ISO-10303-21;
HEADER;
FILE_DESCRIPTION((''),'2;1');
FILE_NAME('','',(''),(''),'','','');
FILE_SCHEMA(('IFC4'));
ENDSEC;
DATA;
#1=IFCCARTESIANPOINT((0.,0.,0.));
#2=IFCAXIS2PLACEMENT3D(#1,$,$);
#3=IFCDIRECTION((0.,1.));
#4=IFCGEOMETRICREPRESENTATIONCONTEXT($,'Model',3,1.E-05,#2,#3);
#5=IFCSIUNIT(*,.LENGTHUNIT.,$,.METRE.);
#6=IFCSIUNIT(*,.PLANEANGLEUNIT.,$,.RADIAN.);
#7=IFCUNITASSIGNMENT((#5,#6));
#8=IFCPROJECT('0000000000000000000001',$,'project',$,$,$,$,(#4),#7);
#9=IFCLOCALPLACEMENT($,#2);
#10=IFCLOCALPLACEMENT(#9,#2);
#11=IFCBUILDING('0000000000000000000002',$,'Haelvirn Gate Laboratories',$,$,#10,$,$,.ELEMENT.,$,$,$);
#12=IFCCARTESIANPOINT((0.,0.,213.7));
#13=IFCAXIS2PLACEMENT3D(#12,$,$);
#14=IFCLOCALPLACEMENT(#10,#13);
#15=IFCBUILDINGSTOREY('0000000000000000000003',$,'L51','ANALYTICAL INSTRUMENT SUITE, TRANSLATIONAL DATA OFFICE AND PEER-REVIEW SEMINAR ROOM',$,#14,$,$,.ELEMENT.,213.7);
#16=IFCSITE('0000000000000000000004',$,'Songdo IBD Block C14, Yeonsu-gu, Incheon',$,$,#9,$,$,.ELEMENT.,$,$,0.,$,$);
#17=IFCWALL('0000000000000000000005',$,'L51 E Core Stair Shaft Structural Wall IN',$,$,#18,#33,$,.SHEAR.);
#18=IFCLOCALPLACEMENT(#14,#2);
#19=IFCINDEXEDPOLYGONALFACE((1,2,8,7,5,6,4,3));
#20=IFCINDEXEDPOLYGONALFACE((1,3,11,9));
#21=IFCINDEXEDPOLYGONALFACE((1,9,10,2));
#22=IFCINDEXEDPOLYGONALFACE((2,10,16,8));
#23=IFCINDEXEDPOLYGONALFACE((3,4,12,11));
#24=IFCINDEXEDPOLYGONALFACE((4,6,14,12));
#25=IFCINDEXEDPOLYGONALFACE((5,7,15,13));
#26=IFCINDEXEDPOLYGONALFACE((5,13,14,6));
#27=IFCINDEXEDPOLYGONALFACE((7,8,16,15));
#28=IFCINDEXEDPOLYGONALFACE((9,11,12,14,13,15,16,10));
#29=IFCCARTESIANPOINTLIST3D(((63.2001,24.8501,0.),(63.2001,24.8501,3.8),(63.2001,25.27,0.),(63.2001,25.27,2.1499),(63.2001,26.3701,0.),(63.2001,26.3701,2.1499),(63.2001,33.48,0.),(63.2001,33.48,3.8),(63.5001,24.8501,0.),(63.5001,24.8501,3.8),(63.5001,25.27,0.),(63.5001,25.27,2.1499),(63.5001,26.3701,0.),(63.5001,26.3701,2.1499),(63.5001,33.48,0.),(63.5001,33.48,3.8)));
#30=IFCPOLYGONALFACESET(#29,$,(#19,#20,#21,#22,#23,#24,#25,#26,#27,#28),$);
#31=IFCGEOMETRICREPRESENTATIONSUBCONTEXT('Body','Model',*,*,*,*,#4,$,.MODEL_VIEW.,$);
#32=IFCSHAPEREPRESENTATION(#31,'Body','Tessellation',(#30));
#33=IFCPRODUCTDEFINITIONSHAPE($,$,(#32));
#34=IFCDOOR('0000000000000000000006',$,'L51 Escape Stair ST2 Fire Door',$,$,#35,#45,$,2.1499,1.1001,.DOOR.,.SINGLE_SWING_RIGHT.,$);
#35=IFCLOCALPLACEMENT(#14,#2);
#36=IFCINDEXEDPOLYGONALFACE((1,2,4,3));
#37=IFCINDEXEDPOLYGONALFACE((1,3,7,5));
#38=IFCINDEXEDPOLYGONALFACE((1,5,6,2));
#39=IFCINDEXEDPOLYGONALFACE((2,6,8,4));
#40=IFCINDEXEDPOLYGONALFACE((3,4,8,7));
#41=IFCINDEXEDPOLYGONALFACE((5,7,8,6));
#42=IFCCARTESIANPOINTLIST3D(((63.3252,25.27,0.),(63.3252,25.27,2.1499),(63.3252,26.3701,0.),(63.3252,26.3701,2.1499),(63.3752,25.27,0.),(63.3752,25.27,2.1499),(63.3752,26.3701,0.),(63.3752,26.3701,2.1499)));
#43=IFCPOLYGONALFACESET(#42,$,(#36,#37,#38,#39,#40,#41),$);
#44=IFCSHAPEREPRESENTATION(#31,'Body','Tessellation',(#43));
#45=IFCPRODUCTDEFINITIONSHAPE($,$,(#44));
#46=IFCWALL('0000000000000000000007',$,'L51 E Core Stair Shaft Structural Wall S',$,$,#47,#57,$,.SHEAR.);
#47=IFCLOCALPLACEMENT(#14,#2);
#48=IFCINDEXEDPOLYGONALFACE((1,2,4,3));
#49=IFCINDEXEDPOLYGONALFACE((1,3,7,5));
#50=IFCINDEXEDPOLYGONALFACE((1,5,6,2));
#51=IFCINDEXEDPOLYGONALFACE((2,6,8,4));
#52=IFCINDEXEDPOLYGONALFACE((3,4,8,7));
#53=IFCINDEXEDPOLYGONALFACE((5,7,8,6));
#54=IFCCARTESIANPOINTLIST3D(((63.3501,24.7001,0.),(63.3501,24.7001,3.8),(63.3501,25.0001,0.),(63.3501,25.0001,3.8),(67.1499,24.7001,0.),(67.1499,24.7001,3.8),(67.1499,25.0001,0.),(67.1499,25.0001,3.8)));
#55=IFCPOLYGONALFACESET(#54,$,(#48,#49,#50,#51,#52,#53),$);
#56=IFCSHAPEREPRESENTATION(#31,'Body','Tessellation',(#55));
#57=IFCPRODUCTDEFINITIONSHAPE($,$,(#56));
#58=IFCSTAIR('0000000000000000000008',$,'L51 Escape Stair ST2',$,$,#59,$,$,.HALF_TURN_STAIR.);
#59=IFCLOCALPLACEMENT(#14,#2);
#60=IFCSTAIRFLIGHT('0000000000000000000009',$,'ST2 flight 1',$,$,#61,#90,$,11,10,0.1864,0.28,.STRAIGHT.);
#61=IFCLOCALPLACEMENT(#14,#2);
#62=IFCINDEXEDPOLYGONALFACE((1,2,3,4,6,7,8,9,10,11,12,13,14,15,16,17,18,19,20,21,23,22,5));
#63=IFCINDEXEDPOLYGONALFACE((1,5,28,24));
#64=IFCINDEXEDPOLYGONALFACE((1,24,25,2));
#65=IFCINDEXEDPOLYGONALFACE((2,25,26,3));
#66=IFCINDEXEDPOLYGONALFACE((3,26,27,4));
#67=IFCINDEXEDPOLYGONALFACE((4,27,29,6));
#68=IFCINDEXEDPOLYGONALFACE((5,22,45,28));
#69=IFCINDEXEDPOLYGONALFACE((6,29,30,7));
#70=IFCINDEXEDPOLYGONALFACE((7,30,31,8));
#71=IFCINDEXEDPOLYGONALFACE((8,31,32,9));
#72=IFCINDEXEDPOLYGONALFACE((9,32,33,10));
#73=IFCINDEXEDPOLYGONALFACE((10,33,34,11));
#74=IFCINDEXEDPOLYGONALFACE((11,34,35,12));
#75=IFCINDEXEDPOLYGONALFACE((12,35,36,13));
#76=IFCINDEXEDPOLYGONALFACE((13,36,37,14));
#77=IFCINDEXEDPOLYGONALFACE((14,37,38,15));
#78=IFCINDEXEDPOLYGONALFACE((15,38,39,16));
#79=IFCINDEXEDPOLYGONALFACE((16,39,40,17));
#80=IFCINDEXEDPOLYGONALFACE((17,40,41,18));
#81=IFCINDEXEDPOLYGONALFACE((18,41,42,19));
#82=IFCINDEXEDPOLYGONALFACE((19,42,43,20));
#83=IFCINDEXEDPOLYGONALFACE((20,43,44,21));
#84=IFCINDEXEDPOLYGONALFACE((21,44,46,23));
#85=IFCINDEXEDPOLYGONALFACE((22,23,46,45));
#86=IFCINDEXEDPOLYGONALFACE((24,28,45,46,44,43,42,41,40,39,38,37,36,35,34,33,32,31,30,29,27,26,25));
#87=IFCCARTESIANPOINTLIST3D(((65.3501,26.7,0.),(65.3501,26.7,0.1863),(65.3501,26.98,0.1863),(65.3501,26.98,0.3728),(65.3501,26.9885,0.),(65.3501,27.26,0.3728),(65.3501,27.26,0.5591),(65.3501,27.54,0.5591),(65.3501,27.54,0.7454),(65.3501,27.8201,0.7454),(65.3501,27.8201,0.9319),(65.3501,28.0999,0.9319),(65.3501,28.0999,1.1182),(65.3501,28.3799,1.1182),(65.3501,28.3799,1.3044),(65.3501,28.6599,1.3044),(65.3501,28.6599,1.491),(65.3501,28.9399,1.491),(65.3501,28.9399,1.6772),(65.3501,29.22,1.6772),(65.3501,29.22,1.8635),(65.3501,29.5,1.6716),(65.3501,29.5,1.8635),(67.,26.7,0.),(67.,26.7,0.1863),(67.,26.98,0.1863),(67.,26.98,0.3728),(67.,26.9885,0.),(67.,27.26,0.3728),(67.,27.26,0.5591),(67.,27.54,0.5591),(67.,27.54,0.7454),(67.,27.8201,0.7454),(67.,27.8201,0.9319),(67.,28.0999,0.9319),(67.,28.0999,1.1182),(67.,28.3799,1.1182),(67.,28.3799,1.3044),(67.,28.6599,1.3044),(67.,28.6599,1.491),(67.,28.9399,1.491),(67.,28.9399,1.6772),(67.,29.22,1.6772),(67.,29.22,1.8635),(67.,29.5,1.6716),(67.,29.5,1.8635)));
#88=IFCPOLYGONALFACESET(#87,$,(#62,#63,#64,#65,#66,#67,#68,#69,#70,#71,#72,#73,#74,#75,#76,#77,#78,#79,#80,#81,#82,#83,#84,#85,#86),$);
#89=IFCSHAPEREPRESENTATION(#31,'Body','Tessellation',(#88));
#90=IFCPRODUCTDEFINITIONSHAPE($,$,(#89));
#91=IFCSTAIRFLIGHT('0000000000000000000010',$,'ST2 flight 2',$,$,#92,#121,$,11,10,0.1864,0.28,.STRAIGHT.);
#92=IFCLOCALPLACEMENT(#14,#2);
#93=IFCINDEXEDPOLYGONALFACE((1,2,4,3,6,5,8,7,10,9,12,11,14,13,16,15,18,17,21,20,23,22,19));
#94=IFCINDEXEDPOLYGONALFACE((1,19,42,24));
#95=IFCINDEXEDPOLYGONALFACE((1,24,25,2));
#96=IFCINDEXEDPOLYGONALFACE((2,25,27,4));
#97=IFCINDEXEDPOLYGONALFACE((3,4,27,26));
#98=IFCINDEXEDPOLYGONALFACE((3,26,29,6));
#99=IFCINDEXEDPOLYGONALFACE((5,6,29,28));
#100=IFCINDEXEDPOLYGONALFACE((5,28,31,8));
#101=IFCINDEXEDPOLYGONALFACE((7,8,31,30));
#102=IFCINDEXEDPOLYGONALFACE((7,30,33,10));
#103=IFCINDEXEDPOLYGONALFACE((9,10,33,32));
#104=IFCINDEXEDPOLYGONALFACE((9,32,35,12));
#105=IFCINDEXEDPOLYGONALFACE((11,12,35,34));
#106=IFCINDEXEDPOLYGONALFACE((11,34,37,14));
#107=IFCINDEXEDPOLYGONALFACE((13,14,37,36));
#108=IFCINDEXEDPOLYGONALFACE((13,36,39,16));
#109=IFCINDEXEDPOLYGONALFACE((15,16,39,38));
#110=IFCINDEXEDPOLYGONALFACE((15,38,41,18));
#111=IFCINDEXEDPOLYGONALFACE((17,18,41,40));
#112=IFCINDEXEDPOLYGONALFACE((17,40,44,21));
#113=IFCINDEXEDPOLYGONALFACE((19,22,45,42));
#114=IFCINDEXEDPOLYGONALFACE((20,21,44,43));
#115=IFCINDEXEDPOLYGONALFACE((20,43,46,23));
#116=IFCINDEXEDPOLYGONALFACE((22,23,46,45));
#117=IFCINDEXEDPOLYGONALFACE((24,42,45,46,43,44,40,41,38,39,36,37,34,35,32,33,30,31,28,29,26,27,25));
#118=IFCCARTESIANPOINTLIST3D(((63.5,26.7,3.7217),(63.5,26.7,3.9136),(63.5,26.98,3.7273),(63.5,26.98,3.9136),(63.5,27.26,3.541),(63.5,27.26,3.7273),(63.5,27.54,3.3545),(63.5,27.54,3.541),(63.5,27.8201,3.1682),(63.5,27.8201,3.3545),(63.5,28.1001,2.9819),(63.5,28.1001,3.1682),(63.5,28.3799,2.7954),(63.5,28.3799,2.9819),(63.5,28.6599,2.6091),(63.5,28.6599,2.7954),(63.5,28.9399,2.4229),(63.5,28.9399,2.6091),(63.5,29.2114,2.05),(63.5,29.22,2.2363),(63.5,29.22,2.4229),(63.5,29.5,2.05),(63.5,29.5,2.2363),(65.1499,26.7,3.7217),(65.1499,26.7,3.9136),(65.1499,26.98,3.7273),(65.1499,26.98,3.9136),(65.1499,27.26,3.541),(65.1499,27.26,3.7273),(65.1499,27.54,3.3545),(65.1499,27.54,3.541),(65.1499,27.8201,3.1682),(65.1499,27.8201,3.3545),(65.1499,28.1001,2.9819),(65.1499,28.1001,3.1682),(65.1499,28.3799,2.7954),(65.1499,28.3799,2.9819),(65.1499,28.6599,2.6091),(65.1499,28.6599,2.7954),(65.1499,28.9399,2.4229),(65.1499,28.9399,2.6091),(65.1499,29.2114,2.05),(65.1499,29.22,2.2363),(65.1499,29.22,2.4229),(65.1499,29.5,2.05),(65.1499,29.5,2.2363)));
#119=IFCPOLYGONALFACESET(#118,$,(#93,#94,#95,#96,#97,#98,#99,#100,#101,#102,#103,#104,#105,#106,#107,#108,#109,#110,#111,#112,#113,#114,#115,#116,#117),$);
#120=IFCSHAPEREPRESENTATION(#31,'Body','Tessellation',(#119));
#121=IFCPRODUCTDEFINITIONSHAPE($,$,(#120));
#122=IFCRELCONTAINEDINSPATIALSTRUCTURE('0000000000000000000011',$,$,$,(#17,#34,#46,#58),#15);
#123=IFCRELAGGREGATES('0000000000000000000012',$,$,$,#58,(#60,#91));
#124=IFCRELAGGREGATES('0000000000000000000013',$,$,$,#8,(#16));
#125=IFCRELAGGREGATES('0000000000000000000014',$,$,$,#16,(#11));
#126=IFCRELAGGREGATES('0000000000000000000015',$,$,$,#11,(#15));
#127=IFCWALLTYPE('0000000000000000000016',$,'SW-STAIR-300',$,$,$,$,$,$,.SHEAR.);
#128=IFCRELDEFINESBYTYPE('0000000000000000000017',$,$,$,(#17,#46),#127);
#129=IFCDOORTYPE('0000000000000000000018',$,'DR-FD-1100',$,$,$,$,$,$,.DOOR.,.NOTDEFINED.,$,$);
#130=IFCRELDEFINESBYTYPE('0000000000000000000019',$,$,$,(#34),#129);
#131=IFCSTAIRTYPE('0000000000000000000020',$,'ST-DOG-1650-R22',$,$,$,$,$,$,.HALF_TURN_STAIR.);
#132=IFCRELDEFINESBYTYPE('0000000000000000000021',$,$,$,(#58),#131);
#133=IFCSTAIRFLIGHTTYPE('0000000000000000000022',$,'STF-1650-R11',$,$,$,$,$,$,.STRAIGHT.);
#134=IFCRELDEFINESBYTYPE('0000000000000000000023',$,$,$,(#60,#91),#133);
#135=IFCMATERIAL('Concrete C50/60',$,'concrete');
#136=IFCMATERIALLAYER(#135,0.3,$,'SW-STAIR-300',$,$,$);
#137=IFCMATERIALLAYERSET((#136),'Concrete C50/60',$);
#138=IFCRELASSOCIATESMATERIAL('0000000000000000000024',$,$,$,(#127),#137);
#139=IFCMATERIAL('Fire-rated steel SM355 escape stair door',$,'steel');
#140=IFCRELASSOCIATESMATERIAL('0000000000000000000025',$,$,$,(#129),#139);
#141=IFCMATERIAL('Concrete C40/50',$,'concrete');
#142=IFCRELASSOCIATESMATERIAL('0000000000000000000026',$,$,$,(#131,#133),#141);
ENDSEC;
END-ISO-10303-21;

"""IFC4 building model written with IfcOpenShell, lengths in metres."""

from ifc_helpers import new_model, si_unit, direction, frame, frame_2d, origin, place, context, subcontext, project, spatial, polyline, rectangle, outline, extrude, source, transform, mapped, material, layer, layer_set, type_object, type_shapes, element, fill, aggregate, save


model = new_model("IFC4")

# Units and contexts
model_context = context("Model", 3, precision=1e-05, world=origin(), true_north=direction((0.0, 1.0)))
body_context = subcontext(model_context, "Body", "Model", "MODEL_VIEW")
ifc_project = project(units=[si_unit("LENGTHUNIT", "METRE"), si_unit("PLANEANGLEUNIT", "RADIAN")], contexts=[model_context])

# Site, building, storey
site_placement = place(None, origin())
site = spatial("IfcSite", under=ifc_project, at=site_placement, Name="Songdo IBD Block C14, Yeonsu-gu, Incheon", CompositionType="ELEMENT", RefElevation=0.0)
building_placement = place(site_placement, origin())
building = spatial("IfcBuilding", under=site, at=building_placement, Name="Haelvirn Gate Laboratories", CompositionType="ELEMENT")
storey_placement = place(building_placement, frame((0.0, 0.0, 213.7)))
storey = spatial("IfcBuildingStorey", under=building, at=storey_placement, Name="L51", Description="ANALYTICAL INSTRUMENT SUITE, TRANSLATIONAL DATA OFFICE AND PEER-REVIEW SEMINAR ROOM", CompositionType="ELEMENT", Elevation=213.7)

# Shared definitions
ifc_material_1 = material(Name="Concrete C40/50", Category="concrete")
ifc_material_2 = material(Name="Concrete C50/60", Category="concrete")

# Wall, opening, door
ifc_layer_1 = layer(ifc_material_2, 0.3, Name="SW-STAIR-300")
ifc_layer_set_1 = layer_set([ifc_layer_1], Name="Concrete C50/60")
wall_type_1 = type_object("IfcWallType", Name="SW-STAIR-300", PredefinedType="SHEAR", material=ifc_layer_set_1)
wall_1_placement = place(storey_placement, frame((63.3501, 24.8501, 0.0), z_axis=(0.0, 0.0, 1.0), x_axis=(0.0, 1.0, 0.0)))
wall_1 = element("IfcWall", 1, at=wall_1_placement, inside=storey, type_object=wall_type_1, Name="L51 E Core Stair Shaft Structural Wall IN", PredefinedType="SHEAR", context=body_context, shape_type="SweptSolid", body=[
    extrude(rectangle(XDim=8.6299, YDim=0.3, at=frame_2d((4.3149, 0.0))), origin(), (0.0, 0.0, 1.0), 3.8),
])
opening_placement = place(wall_1_placement, frame((0.4199, 0.0, 0.0)))
opening = element("IfcOpeningElement", 2, at=opening_placement, cuts=wall_1, PredefinedType="OPENING", context=body_context, shape_type="SweptSolid", body=[
    extrude(rectangle(XDim=1.1001, YDim=2.1499, at=frame_2d((0.55, 1.075))), frame((0.0, 0.1602, 0.0), z_axis=(0.0, -1.0, 0.0), x_axis=(1.0, 0.0, 0.0)), (0.0, 0.0, 1.0), 0.3201),
])
ifc_material_3 = material(Name="Fire-rated steel SM355 escape stair door", Category="steel")
door_type = type_object("IfcDoorType", Name="DR-FD-1100", OperationType="NOTDEFINED", PredefinedType="DOOR", material=ifc_material_3)
shared_shape_1 = source(origin(), body_context, "Body", "SweptSolid", [
    extrude(rectangle(XDim=1.1001, YDim=2.1499, at=frame_2d((0.55, 1.075))), frame((0.0, 0.0249, 0.0), z_axis=(0.0, -1.0, 0.0), x_axis=(1.0, 0.0, 0.0)), (0.0, 0.0, 1.0), 0.05),
])
type_shapes(door_type, [shared_shape_1])
door_placement = place(opening_placement, origin())
door = element("IfcDoor", 3, at=door_placement, inside=storey, type_object=door_type, Name="L51 Escape Stair ST2 Fire Door", OperationType="SINGLE_SWING_RIGHT", OverallHeight=2.1499, OverallWidth=1.1001, PredefinedType="DOOR", context=body_context, shape_type="MappedRepresentation", body=[
    mapped(shared_shape_1, transform((0.0, 0.0, 0.0), scale=1.0)),
])
fill(opening, door)

# Wall
wall_2_placement = place(storey_placement, frame((63.3501, 24.8501, 0.0), z_axis=(0.0, 0.0, 1.0), x_axis=(1.0, 0.0, 0.0)))
element("IfcWall", 4, at=wall_2_placement, inside=storey, type_object=wall_type_1, Name="L51 E Core Stair Shaft Structural Wall S", PredefinedType="SHEAR", context=body_context, shape_type="SweptSolid", body=[
    extrude(rectangle(XDim=3.7998, YDim=0.3, at=frame_2d((1.8999, 0.0))), origin(), (0.0, 0.0, 1.0), 3.8),
])

# Stair, stair flights
stair_type = type_object("IfcStairType", Name="ST-DOG-1650-R22", PredefinedType="HALF_TURN_STAIR", material=ifc_material_1)
stair_placement = place(storey_placement, origin())
stair = element("IfcStair", 5, at=stair_placement, inside=storey, type_object=stair_type, Name="L51 Escape Stair ST2", PredefinedType="HALF_TURN_STAIR")
stair_flight_type = type_object("IfcStairFlightType", Name="STF-1650-R11", PredefinedType="STRAIGHT", material=ifc_material_1)
shared_shape_2 = source(origin(), body_context, "Body", "SweptSolid", [
    extrude(outline(polyline([(0.0, 0.0), (0.0, 0.1863), (0.28, 0.1863), (0.28, 0.3728), (0.5601, 0.3728), (0.5601, 0.5591), (0.8401, 0.5591), (0.8401, 0.7454), (1.1201, 0.7454), (1.1201, 0.9319), (1.3999, 0.9319), (1.3999, 1.1182), (1.6799, 1.1182), (1.6799, 1.3044), (1.96, 1.3044), (1.96, 1.491), (2.24, 1.491), (2.24, 1.6772), (2.52, 1.6772), (2.52, 1.8635), (2.8, 1.8635), (2.8, 2.05), (2.8, 1.6716), (0.2886, 0.0), (0.0, 0.0)])), frame((0.0, 0.825, 0.0), z_axis=(0.0, -1.0, 0.0), x_axis=(1.0, 0.0, 0.0)), (0.0, 0.0, 1.0), 1.6499),
])
type_shapes(stair_flight_type, [shared_shape_2])
stair_flight_1_placement = place(storey_placement, frame((66.175, 26.7, 0.0), z_axis=(0.0, 0.0, 1.0), x_axis=(0.0, 1.0, 0.0)))
stair_flight_1 = element("IfcStairFlight", 6, at=stair_flight_1_placement, type_object=stair_flight_type, Name="ST2 flight 1", NumberOfRisers=11, NumberOfTreads=10, PredefinedType="STRAIGHT", RiserHeight=0.1864, TreadLength=0.28, context=body_context, shape_type="MappedRepresentation", body=[
    mapped(shared_shape_2, transform((0.0, 0.0, 0.0), scale=1.0)),
])
stair_flight_2_placement = place(storey_placement, frame((64.325, 29.5, 2.05), z_axis=(0.0, 0.0, 1.0), x_axis=(0.0, -1.0, 0.0)))
stair_flight_2 = element("IfcStairFlight", 7, at=stair_flight_2_placement, type_object=stair_flight_type, Name="ST2 flight 2", NumberOfRisers=11, NumberOfTreads=10, PredefinedType="STRAIGHT", RiserHeight=0.1864, TreadLength=0.28, context=body_context, shape_type="MappedRepresentation", body=[
    mapped(shared_shape_2, transform((0.0, 0.0, 0.0), scale=1.0)),
])
aggregate(stair, [stair_flight_1, stair_flight_2])

save(model, "model.ifc")
